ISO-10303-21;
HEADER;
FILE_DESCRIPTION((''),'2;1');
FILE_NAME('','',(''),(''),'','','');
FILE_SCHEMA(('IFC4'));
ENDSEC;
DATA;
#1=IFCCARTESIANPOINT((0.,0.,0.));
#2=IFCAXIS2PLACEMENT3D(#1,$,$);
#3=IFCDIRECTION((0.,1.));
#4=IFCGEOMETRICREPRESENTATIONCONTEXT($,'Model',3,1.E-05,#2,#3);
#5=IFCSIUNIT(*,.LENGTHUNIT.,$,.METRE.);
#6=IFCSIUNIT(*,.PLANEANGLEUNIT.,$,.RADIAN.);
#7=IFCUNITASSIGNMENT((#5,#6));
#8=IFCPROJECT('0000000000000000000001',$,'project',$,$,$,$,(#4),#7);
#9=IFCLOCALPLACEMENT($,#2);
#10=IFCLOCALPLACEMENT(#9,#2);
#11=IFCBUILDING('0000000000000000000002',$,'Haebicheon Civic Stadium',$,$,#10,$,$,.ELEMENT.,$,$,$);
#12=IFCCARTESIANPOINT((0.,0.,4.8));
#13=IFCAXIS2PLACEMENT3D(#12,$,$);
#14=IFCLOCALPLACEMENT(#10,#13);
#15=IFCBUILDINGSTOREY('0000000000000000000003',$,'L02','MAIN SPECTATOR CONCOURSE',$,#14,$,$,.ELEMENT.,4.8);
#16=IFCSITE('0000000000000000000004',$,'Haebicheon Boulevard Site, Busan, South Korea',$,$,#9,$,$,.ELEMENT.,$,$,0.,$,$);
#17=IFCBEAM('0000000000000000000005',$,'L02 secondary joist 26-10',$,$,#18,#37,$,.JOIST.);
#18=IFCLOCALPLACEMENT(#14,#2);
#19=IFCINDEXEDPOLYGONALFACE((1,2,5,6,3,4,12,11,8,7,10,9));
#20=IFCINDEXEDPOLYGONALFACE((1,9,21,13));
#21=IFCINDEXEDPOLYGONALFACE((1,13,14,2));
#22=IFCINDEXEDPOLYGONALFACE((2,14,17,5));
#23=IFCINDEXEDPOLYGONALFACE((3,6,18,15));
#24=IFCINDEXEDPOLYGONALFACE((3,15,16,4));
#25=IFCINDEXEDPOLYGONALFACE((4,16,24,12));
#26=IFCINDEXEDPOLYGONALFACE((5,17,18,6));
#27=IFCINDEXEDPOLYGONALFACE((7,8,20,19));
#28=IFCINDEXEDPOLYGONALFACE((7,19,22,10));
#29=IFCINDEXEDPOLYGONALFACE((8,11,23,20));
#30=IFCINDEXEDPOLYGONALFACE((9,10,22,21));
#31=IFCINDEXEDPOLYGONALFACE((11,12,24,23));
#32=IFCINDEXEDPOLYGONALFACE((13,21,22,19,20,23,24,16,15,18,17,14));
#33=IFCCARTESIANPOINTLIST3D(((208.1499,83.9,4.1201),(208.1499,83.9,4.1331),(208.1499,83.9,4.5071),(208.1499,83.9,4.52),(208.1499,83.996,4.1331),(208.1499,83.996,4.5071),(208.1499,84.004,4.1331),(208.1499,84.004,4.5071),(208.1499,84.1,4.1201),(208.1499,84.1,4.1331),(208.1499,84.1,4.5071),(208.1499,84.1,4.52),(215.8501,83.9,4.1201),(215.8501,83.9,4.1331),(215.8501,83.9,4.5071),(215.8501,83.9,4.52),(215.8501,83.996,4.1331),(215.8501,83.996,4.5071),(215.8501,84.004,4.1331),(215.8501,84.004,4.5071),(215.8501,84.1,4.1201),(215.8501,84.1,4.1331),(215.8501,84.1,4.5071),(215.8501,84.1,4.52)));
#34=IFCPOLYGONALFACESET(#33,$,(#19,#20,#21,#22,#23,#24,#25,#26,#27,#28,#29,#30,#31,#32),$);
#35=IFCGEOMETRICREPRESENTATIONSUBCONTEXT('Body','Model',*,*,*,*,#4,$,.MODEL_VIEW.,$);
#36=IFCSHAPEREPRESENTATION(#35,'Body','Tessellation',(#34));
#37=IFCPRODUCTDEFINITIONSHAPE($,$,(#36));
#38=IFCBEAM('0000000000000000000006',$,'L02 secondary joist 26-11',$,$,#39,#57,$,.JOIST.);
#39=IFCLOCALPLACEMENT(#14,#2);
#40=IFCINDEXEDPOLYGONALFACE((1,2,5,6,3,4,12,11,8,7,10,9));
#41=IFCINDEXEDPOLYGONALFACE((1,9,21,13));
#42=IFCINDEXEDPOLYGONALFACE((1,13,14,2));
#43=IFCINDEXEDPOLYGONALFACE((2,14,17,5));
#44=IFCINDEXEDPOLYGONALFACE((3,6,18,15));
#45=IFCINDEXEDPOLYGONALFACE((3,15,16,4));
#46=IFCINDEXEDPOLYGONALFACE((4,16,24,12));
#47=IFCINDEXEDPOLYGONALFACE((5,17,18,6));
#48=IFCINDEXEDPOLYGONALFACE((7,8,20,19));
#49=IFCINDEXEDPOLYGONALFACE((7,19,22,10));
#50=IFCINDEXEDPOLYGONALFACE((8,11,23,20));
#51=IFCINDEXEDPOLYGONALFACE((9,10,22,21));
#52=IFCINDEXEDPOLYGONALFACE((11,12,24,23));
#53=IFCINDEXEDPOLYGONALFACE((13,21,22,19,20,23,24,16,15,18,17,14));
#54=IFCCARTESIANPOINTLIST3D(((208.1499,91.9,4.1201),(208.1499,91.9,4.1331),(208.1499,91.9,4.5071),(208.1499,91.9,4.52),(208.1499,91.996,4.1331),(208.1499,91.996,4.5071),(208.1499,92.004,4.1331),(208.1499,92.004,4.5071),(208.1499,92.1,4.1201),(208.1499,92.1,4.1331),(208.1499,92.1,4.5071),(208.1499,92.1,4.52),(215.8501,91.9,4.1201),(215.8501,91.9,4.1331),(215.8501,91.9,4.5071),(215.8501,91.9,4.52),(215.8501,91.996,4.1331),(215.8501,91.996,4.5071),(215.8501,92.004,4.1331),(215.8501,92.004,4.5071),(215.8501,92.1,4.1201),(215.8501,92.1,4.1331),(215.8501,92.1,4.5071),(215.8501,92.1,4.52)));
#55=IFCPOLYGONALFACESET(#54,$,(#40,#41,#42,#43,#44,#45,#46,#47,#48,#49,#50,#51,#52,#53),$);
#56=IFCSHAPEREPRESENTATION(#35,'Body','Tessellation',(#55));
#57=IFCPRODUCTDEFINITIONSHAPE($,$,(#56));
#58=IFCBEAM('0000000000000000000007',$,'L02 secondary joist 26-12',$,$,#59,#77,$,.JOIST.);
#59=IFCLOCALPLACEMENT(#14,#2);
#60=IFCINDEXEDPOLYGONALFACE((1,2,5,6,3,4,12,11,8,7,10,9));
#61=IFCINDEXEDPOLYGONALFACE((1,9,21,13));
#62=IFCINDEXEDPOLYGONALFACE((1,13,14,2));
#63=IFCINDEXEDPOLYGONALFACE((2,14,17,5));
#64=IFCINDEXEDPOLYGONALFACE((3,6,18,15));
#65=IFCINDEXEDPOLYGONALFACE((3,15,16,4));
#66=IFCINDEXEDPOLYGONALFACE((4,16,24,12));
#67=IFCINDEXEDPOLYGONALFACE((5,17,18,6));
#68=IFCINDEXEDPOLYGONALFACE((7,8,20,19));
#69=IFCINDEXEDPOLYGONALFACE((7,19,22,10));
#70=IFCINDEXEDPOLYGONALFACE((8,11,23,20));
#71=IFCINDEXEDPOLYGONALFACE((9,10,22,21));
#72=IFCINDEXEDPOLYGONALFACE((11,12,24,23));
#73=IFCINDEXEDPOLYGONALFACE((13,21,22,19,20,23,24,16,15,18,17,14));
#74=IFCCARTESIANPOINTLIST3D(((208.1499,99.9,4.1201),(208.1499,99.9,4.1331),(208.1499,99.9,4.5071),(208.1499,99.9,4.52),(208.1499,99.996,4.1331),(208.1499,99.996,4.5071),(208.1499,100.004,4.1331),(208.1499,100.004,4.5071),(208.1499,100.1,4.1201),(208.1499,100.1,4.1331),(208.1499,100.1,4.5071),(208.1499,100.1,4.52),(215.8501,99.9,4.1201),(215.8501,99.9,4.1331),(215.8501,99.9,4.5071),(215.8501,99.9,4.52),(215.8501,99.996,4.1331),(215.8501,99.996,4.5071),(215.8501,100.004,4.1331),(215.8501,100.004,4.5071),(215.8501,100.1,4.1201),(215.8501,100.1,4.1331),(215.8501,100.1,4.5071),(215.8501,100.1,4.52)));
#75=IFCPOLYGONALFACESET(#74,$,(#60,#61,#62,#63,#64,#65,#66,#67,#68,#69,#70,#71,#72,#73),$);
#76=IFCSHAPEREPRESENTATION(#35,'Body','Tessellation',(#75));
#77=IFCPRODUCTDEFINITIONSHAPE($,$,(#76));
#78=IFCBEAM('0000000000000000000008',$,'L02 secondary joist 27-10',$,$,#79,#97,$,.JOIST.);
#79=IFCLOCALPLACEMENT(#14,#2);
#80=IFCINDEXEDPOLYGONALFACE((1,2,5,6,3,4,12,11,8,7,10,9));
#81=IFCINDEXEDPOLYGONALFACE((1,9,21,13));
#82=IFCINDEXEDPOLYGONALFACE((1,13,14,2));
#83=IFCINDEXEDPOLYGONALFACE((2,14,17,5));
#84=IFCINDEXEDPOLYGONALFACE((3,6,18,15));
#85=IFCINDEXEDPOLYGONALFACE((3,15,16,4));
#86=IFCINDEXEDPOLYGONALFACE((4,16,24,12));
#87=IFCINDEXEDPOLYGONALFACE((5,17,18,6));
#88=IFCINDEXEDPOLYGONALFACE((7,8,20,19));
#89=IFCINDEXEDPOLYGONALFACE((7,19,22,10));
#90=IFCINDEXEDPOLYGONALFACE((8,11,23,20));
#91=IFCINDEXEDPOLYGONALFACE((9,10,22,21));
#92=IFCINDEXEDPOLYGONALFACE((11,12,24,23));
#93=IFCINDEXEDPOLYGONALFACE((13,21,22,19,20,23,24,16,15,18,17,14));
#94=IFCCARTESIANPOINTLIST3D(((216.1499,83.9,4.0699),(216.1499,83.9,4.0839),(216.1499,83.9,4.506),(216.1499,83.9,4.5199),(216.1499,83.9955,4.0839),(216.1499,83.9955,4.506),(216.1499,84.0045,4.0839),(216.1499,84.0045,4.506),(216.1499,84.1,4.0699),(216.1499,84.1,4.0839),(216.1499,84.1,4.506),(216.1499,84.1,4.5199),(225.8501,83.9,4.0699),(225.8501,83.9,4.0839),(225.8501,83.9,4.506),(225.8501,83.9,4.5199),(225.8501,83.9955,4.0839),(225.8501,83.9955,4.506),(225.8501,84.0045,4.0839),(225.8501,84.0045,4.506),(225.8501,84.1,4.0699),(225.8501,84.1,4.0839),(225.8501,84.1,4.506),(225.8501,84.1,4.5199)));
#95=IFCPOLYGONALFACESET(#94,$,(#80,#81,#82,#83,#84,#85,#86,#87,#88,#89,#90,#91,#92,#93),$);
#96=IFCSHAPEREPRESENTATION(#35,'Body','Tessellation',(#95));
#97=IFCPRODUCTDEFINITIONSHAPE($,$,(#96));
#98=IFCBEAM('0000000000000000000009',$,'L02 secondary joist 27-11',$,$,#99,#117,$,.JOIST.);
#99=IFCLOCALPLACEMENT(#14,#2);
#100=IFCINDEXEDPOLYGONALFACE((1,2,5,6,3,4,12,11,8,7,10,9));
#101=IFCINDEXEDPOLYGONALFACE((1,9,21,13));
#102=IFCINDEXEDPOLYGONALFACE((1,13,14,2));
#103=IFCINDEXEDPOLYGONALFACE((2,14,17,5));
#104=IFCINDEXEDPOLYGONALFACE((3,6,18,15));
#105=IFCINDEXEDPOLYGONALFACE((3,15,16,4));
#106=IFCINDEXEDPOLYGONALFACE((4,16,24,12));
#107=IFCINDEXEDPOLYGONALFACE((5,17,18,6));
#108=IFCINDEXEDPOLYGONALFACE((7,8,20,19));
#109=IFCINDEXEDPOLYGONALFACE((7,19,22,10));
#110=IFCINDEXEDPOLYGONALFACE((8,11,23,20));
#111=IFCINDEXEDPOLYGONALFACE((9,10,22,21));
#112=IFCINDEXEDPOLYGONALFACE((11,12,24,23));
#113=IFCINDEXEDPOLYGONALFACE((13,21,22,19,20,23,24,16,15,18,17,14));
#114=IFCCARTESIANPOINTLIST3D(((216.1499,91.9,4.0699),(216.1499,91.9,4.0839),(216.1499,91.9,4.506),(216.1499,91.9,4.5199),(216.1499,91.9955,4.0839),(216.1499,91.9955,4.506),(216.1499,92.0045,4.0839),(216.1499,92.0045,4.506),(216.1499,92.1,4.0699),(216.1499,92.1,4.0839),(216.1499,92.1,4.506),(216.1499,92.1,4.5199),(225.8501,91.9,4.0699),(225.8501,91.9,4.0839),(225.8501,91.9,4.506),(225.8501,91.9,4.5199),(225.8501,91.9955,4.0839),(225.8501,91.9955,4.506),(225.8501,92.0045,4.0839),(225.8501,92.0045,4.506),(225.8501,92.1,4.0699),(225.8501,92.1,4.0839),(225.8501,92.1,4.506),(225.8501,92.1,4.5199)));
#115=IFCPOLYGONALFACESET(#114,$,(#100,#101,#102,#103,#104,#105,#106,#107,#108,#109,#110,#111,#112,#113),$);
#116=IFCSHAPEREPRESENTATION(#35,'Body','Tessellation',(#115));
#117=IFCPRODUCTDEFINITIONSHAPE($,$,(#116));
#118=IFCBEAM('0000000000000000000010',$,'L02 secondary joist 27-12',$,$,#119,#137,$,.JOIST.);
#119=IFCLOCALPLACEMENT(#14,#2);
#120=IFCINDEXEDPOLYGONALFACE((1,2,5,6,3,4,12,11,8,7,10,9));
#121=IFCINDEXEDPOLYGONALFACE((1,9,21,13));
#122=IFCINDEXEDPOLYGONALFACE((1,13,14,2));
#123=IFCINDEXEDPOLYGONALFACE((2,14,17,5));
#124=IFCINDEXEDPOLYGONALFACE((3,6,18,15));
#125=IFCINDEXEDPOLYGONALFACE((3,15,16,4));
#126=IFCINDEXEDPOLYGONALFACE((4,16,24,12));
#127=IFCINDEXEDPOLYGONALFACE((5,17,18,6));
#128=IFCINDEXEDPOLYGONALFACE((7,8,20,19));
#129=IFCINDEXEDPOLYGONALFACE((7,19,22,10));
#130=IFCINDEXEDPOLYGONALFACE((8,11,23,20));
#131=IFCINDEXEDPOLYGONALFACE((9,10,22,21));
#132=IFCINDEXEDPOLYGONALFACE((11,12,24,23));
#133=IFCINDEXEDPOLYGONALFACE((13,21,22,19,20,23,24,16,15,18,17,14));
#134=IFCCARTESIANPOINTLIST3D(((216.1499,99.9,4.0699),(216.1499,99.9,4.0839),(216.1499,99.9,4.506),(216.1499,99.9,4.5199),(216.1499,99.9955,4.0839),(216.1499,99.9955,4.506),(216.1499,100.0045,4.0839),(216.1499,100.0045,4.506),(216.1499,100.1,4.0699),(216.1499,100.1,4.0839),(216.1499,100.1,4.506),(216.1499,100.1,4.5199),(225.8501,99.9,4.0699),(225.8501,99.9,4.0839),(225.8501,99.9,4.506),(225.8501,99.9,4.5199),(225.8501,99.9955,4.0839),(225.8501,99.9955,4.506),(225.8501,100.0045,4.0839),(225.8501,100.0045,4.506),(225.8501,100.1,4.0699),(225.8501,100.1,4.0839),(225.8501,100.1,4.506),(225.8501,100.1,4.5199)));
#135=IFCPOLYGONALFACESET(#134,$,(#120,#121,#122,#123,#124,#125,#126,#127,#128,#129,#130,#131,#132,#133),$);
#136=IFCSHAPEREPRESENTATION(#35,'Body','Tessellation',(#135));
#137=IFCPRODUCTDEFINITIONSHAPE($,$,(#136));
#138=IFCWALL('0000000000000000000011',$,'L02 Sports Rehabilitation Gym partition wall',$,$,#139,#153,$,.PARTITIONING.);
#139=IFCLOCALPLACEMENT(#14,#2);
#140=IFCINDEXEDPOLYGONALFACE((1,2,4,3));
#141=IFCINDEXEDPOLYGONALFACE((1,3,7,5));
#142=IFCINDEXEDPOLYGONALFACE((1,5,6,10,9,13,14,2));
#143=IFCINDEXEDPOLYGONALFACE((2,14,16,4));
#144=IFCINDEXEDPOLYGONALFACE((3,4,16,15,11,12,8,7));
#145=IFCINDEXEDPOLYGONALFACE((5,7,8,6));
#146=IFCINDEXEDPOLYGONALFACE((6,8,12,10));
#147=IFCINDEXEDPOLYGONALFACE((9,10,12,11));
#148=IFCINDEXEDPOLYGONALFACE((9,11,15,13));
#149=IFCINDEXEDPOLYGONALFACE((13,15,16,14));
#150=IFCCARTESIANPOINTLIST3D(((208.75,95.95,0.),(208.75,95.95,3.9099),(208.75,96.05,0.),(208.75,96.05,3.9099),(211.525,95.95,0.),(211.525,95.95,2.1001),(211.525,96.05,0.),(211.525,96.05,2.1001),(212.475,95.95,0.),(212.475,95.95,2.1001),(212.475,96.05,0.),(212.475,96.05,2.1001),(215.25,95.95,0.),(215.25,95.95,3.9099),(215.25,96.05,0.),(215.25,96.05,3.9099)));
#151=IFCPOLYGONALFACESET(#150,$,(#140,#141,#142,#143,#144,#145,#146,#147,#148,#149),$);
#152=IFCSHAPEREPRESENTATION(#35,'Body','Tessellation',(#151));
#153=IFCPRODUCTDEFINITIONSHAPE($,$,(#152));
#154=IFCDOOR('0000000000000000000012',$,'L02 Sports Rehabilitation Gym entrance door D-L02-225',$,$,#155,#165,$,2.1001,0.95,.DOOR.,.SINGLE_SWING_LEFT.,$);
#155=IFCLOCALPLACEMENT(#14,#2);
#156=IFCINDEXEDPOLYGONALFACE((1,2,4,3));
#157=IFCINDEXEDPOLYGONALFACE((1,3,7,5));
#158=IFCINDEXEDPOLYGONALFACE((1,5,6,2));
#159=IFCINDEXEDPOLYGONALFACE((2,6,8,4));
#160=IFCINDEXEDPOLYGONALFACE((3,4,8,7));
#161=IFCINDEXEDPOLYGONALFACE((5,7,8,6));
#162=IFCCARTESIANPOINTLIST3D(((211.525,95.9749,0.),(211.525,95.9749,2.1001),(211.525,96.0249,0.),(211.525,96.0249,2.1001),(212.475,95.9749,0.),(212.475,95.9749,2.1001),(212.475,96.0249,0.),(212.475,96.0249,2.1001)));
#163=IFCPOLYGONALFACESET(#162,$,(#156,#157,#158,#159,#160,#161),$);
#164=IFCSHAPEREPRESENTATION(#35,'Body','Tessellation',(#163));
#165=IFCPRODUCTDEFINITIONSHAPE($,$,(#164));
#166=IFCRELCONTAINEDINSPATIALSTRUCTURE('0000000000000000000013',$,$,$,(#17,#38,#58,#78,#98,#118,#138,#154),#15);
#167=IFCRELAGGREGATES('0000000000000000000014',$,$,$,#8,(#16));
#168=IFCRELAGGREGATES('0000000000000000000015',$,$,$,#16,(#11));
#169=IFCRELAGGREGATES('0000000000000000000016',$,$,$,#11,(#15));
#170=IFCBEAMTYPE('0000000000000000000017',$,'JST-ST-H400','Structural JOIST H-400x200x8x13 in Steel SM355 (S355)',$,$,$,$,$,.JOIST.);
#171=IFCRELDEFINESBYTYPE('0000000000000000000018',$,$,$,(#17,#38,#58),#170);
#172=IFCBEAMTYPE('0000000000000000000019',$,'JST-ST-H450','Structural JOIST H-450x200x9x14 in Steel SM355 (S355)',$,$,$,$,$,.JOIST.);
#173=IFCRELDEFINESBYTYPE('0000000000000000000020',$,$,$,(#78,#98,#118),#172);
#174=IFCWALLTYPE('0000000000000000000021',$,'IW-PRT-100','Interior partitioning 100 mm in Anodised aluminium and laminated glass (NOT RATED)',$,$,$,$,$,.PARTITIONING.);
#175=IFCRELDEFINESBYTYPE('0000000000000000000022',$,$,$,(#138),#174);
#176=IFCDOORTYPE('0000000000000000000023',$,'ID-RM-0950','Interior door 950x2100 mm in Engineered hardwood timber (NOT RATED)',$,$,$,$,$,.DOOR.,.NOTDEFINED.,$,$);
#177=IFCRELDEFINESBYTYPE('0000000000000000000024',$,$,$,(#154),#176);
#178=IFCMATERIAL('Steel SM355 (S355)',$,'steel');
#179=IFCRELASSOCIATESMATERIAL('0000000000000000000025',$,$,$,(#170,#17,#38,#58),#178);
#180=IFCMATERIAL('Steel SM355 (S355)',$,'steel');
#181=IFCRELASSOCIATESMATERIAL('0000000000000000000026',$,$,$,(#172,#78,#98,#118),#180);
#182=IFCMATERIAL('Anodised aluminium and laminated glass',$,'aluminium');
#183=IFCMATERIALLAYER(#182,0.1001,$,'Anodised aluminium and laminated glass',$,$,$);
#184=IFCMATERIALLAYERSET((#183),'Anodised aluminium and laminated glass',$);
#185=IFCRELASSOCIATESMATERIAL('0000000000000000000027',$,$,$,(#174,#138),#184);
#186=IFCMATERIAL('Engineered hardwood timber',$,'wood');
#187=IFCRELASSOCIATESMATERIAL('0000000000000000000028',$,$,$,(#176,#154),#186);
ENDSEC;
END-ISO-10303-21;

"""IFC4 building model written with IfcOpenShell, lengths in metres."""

from ifc_helpers import new_model, si_unit, direction, frame, frame_2d, origin, origin_2d, place, context, subcontext, project, spatial, rectangle, i_section, extrude, material, layer, layer_set, material_profile, profile_set, type_object, element, fill, save


model = new_model("IFC4")

# Units and contexts
model_context = context("Model", 3, precision=1e-05, world=origin(), true_north=direction((0.0, 1.0)))
body_context = subcontext(model_context, "Body", "Model", "MODEL_VIEW")
ifc_project = project(units=[si_unit("LENGTHUNIT", "METRE"), si_unit("PLANEANGLEUNIT", "RADIAN")], contexts=[model_context])

# Site, building, storey
site_placement = place(None, origin())
site = spatial("IfcSite", under=ifc_project, at=site_placement, Name="Haebicheon Boulevard Site, Busan, South Korea", CompositionType="ELEMENT", RefElevation=0.0)
building_placement = place(site_placement, origin())
building = spatial("IfcBuilding", under=site, at=building_placement, Name="Haebicheon Civic Stadium", CompositionType="ELEMENT")
storey_placement = place(building_placement, frame((0.0, 0.0, 4.8)))
storey = spatial("IfcBuildingStorey", under=building, at=storey_placement, Name="L02", Description="MAIN SPECTATOR CONCOURSE", CompositionType="ELEMENT", Elevation=4.8)

# Beams
ifc_material_1 = material(Name="Steel SM355 (S355)", Category="steel")
ifc_material_profile_1 = material_profile(ifc_material_1, i_section(OverallWidth=0.2, OverallDepth=0.3999, WebThickness=0.0081, FlangeThickness=0.0129, at=origin_2d()), Name="H-400x200x8x13")
ifc_profile_set_1 = profile_set([ifc_material_profile_1], Name="Steel SM355 (S355)")
beam_type_1 = type_object("IfcBeamType", Name="JST-ST-H400", Description="Structural JOIST H-400x200x8x13 in Steel SM355 (S355)", PredefinedType="JOIST", material=ifc_profile_set_1)
for number, where, z_axis, x_axis, name in (
    (1, (208.1499, 84.0, 4.3201), (1.0, 0.0, 0.0), (0.0, 1.0, 0.0), "L02 secondary joist 26-10"),
    (2, (208.1499, 92.0, 4.3201), (1.0, 0.0, 0.0), (0.0, 1.0, 0.0), "L02 secondary joist 26-11"),
    (3, (208.1499, 100.0, 4.3201), (1.0, 0.0, 0.0), (0.0, 1.0, 0.0), "L02 secondary joist 26-12"),
):
    element("IfcBeam", number, at=place(storey_placement, frame(where, z_axis=z_axis, x_axis=x_axis)), inside=storey, type_object=beam_type_1, material=ifc_profile_set_1, Name=name, PredefinedType="JOIST", context=body_context, shape_type="SweptSolid", body=[
        extrude(i_section(OverallWidth=0.2, OverallDepth=0.3999, WebThickness=0.0081, FlangeThickness=0.0129, at=origin_2d()), origin(), (0.0, 0.0, 1.0), 7.7002),
    ])
ifc_material_2 = material(Name="Steel SM355 (S355)", Category="steel")
ifc_material_profile_2 = material_profile(ifc_material_2, i_section(OverallWidth=0.2, OverallDepth=0.45, WebThickness=0.009, FlangeThickness=0.0139, at=origin_2d()), Name="H-450x200x9x14")
ifc_profile_set_2 = profile_set([ifc_material_profile_2], Name="Steel SM355 (S355)")
beam_type_2 = type_object("IfcBeamType", Name="JST-ST-H450", Description="Structural JOIST H-450x200x9x14 in Steel SM355 (S355)", PredefinedType="JOIST", material=ifc_profile_set_2)
for number, where, z_axis, x_axis, name in (
    (4, (216.1499, 84.0, 4.2949), (1.0, 0.0, 0.0), (0.0, 1.0, 0.0), "L02 secondary joist 27-10"),
    (5, (216.1499, 92.0, 4.2949), (1.0, 0.0, 0.0), (0.0, 1.0, 0.0), "L02 secondary joist 27-11"),
    (6, (216.1499, 100.0, 4.2949), (1.0, 0.0, 0.0), (0.0, 1.0, 0.0), "L02 secondary joist 27-12"),
):
    element("IfcBeam", number, at=place(storey_placement, frame(where, z_axis=z_axis, x_axis=x_axis)), inside=storey, type_object=beam_type_2, material=ifc_profile_set_2, Name=name, PredefinedType="JOIST", context=body_context, shape_type="SweptSolid", body=[
        extrude(i_section(OverallWidth=0.2, OverallDepth=0.45, WebThickness=0.009, FlangeThickness=0.0139, at=origin_2d()), origin(), (0.0, 0.0, 1.0), 9.7002),
    ])

# Wall, opening, door
ifc_material_3 = material(Name="Anodised aluminium and laminated glass", Category="aluminium")
ifc_layer = layer(ifc_material_3, 0.1001, Name="Anodised aluminium and laminated glass")
ifc_layer_set = layer_set([ifc_layer], Name="Anodised aluminium and laminated glass")
wall_type = type_object("IfcWallType", Name="IW-PRT-100", Description="Interior partitioning 100 mm in Anodised aluminium and laminated glass (NOT RATED)", PredefinedType="PARTITIONING", material=ifc_layer_set)
wall_placement = place(storey_placement, frame((208.75, 96.0, 0.0), z_axis=(0.0, 0.0, 1.0), x_axis=(1.0, 0.0, 0.0)))
wall = element("IfcWall", 7, at=wall_placement, inside=storey, type_object=wall_type, material=ifc_layer_set, Name="L02 Sports Rehabilitation Gym partition wall", PredefinedType="PARTITIONING", context=body_context, shape_type="SweptSolid", body=[
    extrude(rectangle(XDim=6.5, YDim=0.1001, at=frame_2d((3.25, 0.0))), origin(), (0.0, 0.0, 1.0), 3.9099),
])
opening_placement = place(wall_placement, frame((2.7749, 0.0, 0.0)))
opening = element("IfcOpeningElement", 8, at=opening_placement, cuts=wall, PredefinedType="OPENING", context=body_context, shape_type="SweptSolid", body=[
    extrude(rectangle(XDim=0.95, YDim=2.1001, at=frame_2d((0.4751, 1.05))), frame((0.0, 0.0601, 0.0), z_axis=(0.0, -1.0, 0.0), x_axis=(1.0, 0.0, 0.0)), (0.0, 0.0, 1.0), 0.1201),
])
ifc_material_4 = material(Name="Engineered hardwood timber", Category="wood")
door_type = type_object("IfcDoorType", Name="ID-RM-0950", Description="Interior door 950x2100 mm in Engineered hardwood timber (NOT RATED)", OperationType="NOTDEFINED", PredefinedType="DOOR", material=ifc_material_4)
door_placement = place(opening_placement, origin())
door = element("IfcDoor", 9, at=door_placement, inside=storey, type_object=door_type, material=ifc_material_4, Name="L02 Sports Rehabilitation Gym entrance door D-L02-225", OperationType="SINGLE_SWING_LEFT", OverallHeight=2.1001, OverallWidth=0.95, PredefinedType="DOOR", context=body_context, shape_type="SweptSolid", body=[
    extrude(rectangle(XDim=0.95, YDim=2.1001, at=frame_2d((0.4751, 1.05))), frame((0.0, 0.0249, 0.0), z_axis=(0.0, -1.0, 0.0), x_axis=(1.0, 0.0, 0.0)), (0.0, 0.0, 1.0), 0.05),
])
fill(opening, door)

save(model, "model.ifc")
